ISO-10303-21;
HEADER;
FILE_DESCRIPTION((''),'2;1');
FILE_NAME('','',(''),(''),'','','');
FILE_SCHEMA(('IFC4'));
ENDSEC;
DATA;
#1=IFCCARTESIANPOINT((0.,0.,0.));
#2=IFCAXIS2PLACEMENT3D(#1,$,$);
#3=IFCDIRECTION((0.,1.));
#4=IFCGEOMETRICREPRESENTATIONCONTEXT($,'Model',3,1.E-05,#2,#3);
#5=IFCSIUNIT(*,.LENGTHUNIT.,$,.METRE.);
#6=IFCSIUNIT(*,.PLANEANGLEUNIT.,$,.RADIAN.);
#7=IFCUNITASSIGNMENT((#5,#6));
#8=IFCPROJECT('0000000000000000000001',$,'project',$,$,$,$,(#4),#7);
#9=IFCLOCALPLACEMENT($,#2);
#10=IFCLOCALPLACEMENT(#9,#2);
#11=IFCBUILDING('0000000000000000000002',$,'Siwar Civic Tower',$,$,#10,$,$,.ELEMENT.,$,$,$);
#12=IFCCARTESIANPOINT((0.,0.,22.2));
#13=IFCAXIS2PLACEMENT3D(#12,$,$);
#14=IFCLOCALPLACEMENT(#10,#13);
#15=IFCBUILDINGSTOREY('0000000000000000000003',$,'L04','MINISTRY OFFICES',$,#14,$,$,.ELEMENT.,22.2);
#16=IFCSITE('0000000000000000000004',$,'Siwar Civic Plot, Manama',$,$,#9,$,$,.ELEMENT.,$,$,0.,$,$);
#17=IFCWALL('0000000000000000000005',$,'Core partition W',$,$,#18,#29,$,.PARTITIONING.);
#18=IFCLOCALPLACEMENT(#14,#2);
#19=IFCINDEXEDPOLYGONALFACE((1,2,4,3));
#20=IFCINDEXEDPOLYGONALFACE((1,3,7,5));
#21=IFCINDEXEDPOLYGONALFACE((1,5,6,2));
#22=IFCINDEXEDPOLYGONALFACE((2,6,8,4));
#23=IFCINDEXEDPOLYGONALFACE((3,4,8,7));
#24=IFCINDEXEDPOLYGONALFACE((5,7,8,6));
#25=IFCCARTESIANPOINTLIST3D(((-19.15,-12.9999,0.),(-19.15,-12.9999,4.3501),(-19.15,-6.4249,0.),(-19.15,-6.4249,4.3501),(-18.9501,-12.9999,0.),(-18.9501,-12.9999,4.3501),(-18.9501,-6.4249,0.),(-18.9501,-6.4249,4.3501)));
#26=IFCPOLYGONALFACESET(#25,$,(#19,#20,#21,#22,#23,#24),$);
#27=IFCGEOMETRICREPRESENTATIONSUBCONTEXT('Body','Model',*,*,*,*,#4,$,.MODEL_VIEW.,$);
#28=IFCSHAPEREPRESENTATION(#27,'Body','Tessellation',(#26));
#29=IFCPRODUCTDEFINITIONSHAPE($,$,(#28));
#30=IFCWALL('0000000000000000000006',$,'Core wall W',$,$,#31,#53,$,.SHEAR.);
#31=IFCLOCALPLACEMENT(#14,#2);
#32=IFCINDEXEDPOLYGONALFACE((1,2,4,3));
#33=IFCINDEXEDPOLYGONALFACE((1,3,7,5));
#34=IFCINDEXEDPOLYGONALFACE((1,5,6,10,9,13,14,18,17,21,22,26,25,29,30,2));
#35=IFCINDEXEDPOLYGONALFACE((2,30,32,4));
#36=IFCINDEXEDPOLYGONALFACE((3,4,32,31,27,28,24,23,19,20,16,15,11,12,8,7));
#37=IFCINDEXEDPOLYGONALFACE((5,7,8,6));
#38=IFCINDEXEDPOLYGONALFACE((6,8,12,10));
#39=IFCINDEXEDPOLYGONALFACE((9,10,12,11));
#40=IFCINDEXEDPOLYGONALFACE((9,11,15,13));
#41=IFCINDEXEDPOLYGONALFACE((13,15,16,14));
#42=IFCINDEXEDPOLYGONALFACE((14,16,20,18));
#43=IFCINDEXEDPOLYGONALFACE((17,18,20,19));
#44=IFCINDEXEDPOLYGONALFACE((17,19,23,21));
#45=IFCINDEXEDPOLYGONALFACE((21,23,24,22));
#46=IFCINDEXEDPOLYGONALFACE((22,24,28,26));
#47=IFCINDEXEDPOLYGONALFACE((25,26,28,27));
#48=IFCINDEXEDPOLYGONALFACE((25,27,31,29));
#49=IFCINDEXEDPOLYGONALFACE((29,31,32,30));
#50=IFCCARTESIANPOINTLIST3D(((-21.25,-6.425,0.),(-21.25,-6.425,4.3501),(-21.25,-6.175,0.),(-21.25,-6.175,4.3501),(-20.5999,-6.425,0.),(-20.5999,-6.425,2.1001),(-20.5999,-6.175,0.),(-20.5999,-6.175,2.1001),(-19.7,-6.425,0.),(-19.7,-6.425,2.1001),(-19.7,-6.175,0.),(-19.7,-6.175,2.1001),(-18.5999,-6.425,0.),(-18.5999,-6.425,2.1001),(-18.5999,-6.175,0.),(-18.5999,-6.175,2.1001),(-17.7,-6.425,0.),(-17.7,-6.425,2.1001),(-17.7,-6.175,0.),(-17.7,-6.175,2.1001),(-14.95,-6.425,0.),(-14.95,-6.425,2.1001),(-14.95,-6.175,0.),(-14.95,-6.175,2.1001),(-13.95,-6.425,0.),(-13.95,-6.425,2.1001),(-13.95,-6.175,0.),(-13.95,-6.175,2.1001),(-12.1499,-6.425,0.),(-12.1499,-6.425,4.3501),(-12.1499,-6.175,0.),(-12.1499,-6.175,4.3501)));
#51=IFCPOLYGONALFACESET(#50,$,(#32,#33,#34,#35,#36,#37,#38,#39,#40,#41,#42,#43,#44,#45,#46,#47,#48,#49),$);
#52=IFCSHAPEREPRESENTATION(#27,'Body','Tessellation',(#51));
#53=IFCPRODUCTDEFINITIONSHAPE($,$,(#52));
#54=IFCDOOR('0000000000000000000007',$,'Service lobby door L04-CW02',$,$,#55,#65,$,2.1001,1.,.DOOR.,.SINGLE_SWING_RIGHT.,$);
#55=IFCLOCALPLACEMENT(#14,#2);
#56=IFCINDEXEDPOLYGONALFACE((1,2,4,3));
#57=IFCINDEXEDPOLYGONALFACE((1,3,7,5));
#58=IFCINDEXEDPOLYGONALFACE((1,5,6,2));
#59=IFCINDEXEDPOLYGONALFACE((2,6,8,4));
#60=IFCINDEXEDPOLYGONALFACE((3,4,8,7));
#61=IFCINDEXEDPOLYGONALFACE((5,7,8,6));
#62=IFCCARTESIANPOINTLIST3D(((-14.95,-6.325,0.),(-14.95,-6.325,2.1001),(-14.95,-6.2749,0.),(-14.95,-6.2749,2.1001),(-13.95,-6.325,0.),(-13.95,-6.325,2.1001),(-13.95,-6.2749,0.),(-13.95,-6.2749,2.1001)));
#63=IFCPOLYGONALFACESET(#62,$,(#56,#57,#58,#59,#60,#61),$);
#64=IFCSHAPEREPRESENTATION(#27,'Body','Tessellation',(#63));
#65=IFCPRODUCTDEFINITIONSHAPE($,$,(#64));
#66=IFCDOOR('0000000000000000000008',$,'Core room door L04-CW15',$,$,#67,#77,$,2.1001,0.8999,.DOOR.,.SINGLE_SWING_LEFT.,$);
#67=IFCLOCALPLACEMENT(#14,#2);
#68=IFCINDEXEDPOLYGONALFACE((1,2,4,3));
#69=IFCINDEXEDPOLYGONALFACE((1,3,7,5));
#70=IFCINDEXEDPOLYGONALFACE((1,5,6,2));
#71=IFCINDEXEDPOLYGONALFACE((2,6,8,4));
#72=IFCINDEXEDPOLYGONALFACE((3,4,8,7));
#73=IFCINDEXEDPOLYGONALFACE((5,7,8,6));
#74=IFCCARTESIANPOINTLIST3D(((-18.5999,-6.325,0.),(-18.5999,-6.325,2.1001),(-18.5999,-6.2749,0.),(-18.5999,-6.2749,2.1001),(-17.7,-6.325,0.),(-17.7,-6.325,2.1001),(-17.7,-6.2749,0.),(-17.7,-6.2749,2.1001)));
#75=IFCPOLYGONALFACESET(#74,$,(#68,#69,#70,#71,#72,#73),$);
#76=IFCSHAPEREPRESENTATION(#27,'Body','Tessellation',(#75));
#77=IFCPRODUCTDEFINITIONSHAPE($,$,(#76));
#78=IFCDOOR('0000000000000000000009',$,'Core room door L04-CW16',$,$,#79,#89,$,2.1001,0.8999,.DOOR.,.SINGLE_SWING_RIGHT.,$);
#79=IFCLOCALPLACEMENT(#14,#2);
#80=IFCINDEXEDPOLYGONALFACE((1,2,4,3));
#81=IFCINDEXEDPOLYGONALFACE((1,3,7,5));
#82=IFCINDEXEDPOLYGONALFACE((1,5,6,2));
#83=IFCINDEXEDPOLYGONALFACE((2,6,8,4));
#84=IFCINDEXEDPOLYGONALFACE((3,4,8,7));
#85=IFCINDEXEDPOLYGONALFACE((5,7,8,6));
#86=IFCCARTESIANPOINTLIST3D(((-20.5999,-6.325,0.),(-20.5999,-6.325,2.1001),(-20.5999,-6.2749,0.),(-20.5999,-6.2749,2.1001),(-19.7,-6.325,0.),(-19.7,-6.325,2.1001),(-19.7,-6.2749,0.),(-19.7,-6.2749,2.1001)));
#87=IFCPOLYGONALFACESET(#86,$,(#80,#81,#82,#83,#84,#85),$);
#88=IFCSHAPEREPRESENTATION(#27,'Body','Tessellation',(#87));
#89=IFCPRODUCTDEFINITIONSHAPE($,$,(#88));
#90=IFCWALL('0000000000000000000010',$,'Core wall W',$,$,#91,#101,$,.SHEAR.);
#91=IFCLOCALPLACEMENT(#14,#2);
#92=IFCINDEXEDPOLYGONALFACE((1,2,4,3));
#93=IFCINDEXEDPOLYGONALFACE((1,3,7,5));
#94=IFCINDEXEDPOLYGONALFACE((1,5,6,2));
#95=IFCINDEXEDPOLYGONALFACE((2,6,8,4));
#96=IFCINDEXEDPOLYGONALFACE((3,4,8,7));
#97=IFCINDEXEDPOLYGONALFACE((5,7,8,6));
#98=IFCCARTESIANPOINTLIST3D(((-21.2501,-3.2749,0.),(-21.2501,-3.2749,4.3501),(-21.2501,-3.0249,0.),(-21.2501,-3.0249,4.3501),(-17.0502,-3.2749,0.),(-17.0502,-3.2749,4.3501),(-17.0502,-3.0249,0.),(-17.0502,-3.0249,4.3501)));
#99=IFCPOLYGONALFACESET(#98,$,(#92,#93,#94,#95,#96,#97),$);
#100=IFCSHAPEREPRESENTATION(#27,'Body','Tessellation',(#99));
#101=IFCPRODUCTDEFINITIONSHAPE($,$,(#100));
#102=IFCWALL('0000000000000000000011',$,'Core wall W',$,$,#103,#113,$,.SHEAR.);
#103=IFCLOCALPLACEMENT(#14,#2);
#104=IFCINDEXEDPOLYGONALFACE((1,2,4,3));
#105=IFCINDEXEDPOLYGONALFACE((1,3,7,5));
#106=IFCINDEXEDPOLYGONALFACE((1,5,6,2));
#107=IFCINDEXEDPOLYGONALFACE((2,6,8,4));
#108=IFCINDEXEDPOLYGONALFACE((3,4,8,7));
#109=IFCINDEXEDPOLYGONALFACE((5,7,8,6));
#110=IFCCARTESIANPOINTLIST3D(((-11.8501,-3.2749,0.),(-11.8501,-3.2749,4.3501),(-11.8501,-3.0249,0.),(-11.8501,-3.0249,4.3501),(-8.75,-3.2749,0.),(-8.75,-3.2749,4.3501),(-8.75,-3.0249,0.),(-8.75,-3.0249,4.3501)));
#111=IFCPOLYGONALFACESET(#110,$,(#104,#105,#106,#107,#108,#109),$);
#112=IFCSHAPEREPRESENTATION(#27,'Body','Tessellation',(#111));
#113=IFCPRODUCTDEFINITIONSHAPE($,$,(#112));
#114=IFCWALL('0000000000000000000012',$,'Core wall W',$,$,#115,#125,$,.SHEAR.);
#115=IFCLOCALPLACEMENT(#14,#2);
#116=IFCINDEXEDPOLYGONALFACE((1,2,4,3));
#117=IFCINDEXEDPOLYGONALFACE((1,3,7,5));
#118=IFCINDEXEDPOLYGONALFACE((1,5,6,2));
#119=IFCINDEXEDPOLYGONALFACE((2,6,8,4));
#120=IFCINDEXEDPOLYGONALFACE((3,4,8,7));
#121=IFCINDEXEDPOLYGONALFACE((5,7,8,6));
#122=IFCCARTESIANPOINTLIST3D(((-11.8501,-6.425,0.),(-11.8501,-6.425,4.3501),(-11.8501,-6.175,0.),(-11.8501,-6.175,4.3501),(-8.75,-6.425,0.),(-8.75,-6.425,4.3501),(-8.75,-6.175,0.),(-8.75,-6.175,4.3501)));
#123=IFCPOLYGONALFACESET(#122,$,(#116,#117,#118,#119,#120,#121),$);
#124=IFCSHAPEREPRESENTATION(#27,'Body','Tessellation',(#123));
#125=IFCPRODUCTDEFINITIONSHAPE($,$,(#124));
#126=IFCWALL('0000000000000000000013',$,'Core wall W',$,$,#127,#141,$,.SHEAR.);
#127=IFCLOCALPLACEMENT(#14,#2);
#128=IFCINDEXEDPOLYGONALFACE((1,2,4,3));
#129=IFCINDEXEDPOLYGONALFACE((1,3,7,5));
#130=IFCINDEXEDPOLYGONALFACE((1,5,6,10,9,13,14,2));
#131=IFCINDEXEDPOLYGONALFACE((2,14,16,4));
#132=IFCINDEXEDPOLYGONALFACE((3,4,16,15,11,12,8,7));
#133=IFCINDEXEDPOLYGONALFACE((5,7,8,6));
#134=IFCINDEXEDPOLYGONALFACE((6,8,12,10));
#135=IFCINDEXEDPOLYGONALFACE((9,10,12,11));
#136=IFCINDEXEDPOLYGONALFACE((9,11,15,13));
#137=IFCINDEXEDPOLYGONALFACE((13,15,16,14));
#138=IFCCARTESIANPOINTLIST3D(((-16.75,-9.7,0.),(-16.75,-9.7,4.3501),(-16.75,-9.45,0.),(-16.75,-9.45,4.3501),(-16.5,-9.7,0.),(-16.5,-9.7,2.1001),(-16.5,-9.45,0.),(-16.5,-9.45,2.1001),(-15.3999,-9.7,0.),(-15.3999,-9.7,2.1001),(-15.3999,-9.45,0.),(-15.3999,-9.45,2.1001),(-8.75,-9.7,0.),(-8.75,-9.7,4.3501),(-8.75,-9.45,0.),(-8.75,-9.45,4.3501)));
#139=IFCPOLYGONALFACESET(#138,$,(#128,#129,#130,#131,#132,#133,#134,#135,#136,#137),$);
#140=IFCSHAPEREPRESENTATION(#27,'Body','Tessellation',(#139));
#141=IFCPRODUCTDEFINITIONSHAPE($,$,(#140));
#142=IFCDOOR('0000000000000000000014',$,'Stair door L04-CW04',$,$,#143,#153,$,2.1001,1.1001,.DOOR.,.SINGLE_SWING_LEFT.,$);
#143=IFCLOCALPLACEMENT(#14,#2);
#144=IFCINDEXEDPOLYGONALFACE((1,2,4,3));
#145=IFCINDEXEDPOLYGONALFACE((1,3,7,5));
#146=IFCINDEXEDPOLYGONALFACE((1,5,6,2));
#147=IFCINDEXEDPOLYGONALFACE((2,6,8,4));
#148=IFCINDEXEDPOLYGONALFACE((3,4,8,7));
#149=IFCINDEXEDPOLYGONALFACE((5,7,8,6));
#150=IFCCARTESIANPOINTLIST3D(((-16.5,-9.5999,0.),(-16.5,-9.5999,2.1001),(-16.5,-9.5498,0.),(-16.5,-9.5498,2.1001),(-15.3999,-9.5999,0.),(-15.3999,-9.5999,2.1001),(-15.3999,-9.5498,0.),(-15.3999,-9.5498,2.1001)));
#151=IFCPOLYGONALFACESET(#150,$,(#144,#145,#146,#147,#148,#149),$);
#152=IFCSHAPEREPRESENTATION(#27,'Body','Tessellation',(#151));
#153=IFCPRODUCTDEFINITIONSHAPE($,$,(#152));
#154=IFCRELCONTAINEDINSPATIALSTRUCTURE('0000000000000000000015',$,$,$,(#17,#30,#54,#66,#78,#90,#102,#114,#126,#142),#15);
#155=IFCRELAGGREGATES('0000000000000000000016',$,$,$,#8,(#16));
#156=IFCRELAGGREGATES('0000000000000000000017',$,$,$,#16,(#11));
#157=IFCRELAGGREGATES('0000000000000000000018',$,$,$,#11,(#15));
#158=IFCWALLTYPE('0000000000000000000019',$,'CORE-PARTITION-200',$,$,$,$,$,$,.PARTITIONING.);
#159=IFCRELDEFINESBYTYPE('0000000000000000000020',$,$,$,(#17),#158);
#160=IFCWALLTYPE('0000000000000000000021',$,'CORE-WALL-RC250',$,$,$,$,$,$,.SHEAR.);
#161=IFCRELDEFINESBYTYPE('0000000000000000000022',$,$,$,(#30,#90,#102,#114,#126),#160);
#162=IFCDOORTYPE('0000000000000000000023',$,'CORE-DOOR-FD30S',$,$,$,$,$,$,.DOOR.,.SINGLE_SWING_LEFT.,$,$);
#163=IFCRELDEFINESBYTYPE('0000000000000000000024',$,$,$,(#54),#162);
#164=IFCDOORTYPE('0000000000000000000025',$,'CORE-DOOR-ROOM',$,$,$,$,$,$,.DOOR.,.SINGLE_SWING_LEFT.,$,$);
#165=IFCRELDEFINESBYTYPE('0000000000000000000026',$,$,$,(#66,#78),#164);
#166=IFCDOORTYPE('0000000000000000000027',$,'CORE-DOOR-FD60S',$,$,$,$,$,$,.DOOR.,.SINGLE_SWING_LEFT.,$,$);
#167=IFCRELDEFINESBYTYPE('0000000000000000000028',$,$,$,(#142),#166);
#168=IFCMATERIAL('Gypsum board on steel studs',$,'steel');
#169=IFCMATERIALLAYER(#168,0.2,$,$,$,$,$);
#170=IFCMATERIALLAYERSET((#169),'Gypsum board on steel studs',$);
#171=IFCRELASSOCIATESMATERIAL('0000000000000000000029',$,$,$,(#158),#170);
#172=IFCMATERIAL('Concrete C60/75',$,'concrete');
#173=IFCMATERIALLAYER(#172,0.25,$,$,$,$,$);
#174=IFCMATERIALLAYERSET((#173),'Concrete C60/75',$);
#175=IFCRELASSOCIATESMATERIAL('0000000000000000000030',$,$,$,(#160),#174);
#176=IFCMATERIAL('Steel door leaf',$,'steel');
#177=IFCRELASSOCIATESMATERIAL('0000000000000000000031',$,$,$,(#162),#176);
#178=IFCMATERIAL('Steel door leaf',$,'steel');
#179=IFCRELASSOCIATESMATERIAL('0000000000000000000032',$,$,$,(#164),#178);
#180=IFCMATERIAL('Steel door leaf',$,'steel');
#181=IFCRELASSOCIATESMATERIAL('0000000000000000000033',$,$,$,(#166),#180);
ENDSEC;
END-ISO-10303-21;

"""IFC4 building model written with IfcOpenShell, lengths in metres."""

from ifc_helpers import new_model, si_unit, direction, frame, frame_2d, origin, place, context, subcontext, project, spatial, rectangle, extrude, material, layer, layer_set, type_object, element, fill, save


model = new_model("IFC4")

# Units and contexts
model_context = context("Model", 3, precision=1e-05, world=origin(), true_north=direction((0.0, 1.0)))
body_context = subcontext(model_context, "Body", "Model", "MODEL_VIEW")
ifc_project = project(units=[si_unit("LENGTHUNIT", "METRE"), si_unit("PLANEANGLEUNIT", "RADIAN")], contexts=[model_context])

# Site, building, storey
site_placement = place(None, origin())
site = spatial("IfcSite", under=ifc_project, at=site_placement, Name="Siwar Civic Plot, Manama", CompositionType="ELEMENT", RefElevation=0.0)
building_placement = place(site_placement, origin())
building = spatial("IfcBuilding", under=site, at=building_placement, Name="Siwar Civic Tower", CompositionType="ELEMENT")
storey_placement = place(building_placement, frame((0.0, 0.0, 22.2)))
storey = spatial("IfcBuildingStorey", under=building, at=storey_placement, Name="L04", Description="MINISTRY OFFICES", CompositionType="ELEMENT", Elevation=22.2)

# Wall
ifc_material_1 = material(Name="Gypsum board on steel studs", Category="steel")
ifc_layer_1 = layer(ifc_material_1, 0.2)
ifc_layer_set_1 = layer_set([ifc_layer_1], Name="Gypsum board on steel studs")
wall_type_1 = type_object("IfcWallType", Name="CORE-PARTITION-200", PredefinedType="PARTITIONING", material=ifc_layer_set_1)
wall_1_placement = place(storey_placement, frame((-19.05, -13.0, 0.0), z_axis=(0.0, 0.0, 1.0), x_axis=(0.0, 1.0, 0.0)))
element("IfcWall", 1, at=wall_1_placement, inside=storey, type_object=wall_type_1, Name="Core partition W", PredefinedType="PARTITIONING", context=body_context, shape_type="SweptSolid", body=[
    extrude(rectangle(XDim=6.575, YDim=0.2, at=frame_2d((3.2876, 0.0))), origin(), (0.0, 0.0, 1.0), 4.3501),
])

# Wall, openings, doors
ifc_material_2 = material(Name="Concrete C60/75", Category="concrete")
ifc_layer_2 = layer(ifc_material_2, 0.25)
ifc_layer_set_2 = layer_set([ifc_layer_2], Name="Concrete C60/75")
wall_type_2 = type_object("IfcWallType", Name="CORE-WALL-RC250", PredefinedType="SHEAR", material=ifc_layer_set_2)
wall_2_placement = place(storey_placement, frame((-12.1499, -6.3, 0.0), z_axis=(0.0, 0.0, 1.0), x_axis=(-1.0, 0.0, 0.0)))
wall_2 = element("IfcWall", 2, at=wall_2_placement, inside=storey, type_object=wall_type_2, Name="Core wall W", PredefinedType="SHEAR", context=body_context, shape_type="SweptSolid", body=[
    extrude(rectangle(XDim=9.1001, YDim=0.25, at=frame_2d((4.55, 0.0))), origin(), (0.0, 0.0, 1.0), 4.3501),
])
opening_1_placement = place(wall_2_placement, frame((1.8, 0.0, 0.0)))
opening_1 = element("IfcOpeningElement", 3, at=opening_1_placement, cuts=wall_2, PredefinedType="OPENING", context=body_context, shape_type="SweptSolid", body=[
    extrude(rectangle(XDim=1.0, YDim=2.1001, at=frame_2d((0.5, 1.05))), frame((0.0, 0.135, 0.0), z_axis=(0.0, -1.0, 0.0), x_axis=(1.0, 0.0, 0.0)), (0.0, 0.0, 1.0), 0.27),
])
opening_2_placement = place(wall_2_placement, frame((5.55, 0.0, 0.0)))
opening_2 = element("IfcOpeningElement", 4, at=opening_2_placement, cuts=wall_2, PredefinedType="OPENING", context=body_context, shape_type="SweptSolid", body=[
    extrude(rectangle(XDim=0.8999, YDim=2.1001, at=frame_2d((0.45, 1.05))), frame((0.0, 0.135, 0.0), z_axis=(0.0, -1.0, 0.0), x_axis=(1.0, 0.0, 0.0)), (0.0, 0.0, 1.0), 0.27),
])
opening_3_placement = place(wall_2_placement, frame((7.55, 0.0, 0.0)))
opening_3 = element("IfcOpeningElement", 5, at=opening_3_placement, cuts=wall_2, PredefinedType="OPENING", context=body_context, shape_type="SweptSolid", body=[
    extrude(rectangle(XDim=0.8999, YDim=2.1001, at=frame_2d((0.45, 1.05))), frame((0.0, 0.135, 0.0), z_axis=(0.0, -1.0, 0.0), x_axis=(1.0, 0.0, 0.0)), (0.0, 0.0, 1.0), 0.27),
])
ifc_material_3 = material(Name="Steel door leaf", Category="steel")
door_type_1 = type_object("IfcDoorType", Name="CORE-DOOR-FD30S", OperationType="SINGLE_SWING_LEFT", PredefinedType="DOOR", material=ifc_material_3)
door_1_placement = place(opening_1_placement, origin())
door_1 = element("IfcDoor", 6, at=door_1_placement, inside=storey, type_object=door_type_1, Name="Service lobby door L04-CW02", OperationType="SINGLE_SWING_RIGHT", OverallHeight=2.1001, OverallWidth=1.0, PredefinedType="DOOR", context=body_context, shape_type="SweptSolid", body=[
    extrude(rectangle(XDim=1.0, YDim=2.1001, at=frame_2d((0.5, 1.05))), frame((0.0, 0.0249, 0.0), z_axis=(0.0, -1.0, 0.0), x_axis=(1.0, 0.0, 0.0)), (0.0, 0.0, 1.0), 0.05),
])
fill(opening_1, door_1)
ifc_material_4 = material(Name="Steel door leaf", Category="steel")
door_type_2 = type_object("IfcDoorType", Name="CORE-DOOR-ROOM", OperationType="SINGLE_SWING_LEFT", PredefinedType="DOOR", material=ifc_material_4)
door_2_placement = place(opening_2_placement, origin())
door_2 = element("IfcDoor", 7, at=door_2_placement, inside=storey, type_object=door_type_2, Name="Core room door L04-CW15", OperationType="SINGLE_SWING_LEFT", OverallHeight=2.1001, OverallWidth=0.8999, PredefinedType="DOOR", context=body_context, shape_type="SweptSolid", body=[
    extrude(rectangle(XDim=0.8999, YDim=2.1001, at=frame_2d((0.45, 1.05))), frame((0.0, 0.0249, 0.0), z_axis=(0.0, -1.0, 0.0), x_axis=(1.0, 0.0, 0.0)), (0.0, 0.0, 1.0), 0.05),
])
fill(opening_2, door_2)
door_3_placement = place(opening_3_placement, origin())
door_3 = element("IfcDoor", 8, at=door_3_placement, inside=storey, type_object=door_type_2, Name="Core room door L04-CW16", OperationType="SINGLE_SWING_RIGHT", OverallHeight=2.1001, OverallWidth=0.8999, PredefinedType="DOOR", context=body_context, shape_type="SweptSolid", body=[
    extrude(rectangle(XDim=0.8999, YDim=2.1001, at=frame_2d((0.45, 1.05))), frame((0.0, 0.0249, 0.0), z_axis=(0.0, -1.0, 0.0), x_axis=(1.0, 0.0, 0.0)), (0.0, 0.0, 1.0), 0.05),
])
fill(opening_3, door_3)

# Walls
wall_3_placement = place(storey_placement, frame((-17.05, -3.1499, 0.0), z_axis=(0.0, 0.0, 1.0), x_axis=(-1.0, 0.0, 0.0)))
element("IfcWall", 9, at=wall_3_placement, inside=storey, type_object=wall_type_2, Name="Core wall W", PredefinedType="SHEAR", context=body_context, shape_type="SweptSolid", body=[
    extrude(rectangle(XDim=4.2, YDim=0.25, at=frame_2d((2.1001, 0.0))), origin(), (0.0, 0.0, 1.0), 4.3501),
])
for number, where, z_axis, x_axis, name in (
    (10, (-8.75, -3.1499, 0.0), (0.0, 0.0, 1.0), (-1.0, 0.0, 0.0), "Core wall W"),
    (11, (-8.75, -6.3, 0.0), (0.0, 0.0, 1.0), (-1.0, 0.0, 0.0), "Core wall W"),
):
    element("IfcWall", number, at=place(storey_placement, frame(where, z_axis=z_axis, x_axis=x_axis)), inside=storey, type_object=wall_type_2, Name=name, PredefinedType="SHEAR", context=body_context, shape_type="SweptSolid", body=[
        extrude(rectangle(XDim=3.1001, YDim=0.25, at=frame_2d((1.55, 0.0))), origin(), (0.0, 0.0, 1.0), 4.3501),
    ])

# Wall, opening, door
wall_4_placement = place(storey_placement, frame((-8.75, -9.575, 0.0), z_axis=(0.0, 0.0, 1.0), x_axis=(-1.0, 0.0, 0.0)))
wall_4 = element("IfcWall", 12, at=wall_4_placement, inside=storey, type_object=wall_type_2, Name="Core wall W", PredefinedType="SHEAR", context=body_context, shape_type="SweptSolid", body=[
    extrude(rectangle(XDim=8.0, YDim=0.25, at=frame_2d((4.0, 0.0))), origin(), (0.0, 0.0, 1.0), 4.3501),
])
opening_4_placement = place(wall_4_placement, frame((6.6499, 0.0, 0.0)))
opening_4 = element("IfcOpeningElement", 13, at=opening_4_placement, cuts=wall_4, PredefinedType="OPENING", context=body_context, shape_type="SweptSolid", body=[
    extrude(rectangle(XDim=1.1001, YDim=2.1001, at=frame_2d((0.55, 1.05))), frame((0.0, 0.135, 0.0), z_axis=(0.0, -1.0, 0.0), x_axis=(1.0, 0.0, 0.0)), (0.0, 0.0, 1.0), 0.27),
])
ifc_material_5 = material(Name="Steel door leaf", Category="steel")
door_type_3 = type_object("IfcDoorType", Name="CORE-DOOR-FD60S", OperationType="SINGLE_SWING_LEFT", PredefinedType="DOOR", material=ifc_material_5)
door_4_placement = place(opening_4_placement, origin())
door_4 = element("IfcDoor", 14, at=door_4_placement, inside=storey, type_object=door_type_3, Name="Stair door L04-CW04", OperationType="SINGLE_SWING_LEFT", OverallHeight=2.1001, OverallWidth=1.1001, PredefinedType="DOOR", context=body_context, shape_type="SweptSolid", body=[
    extrude(rectangle(XDim=1.1001, YDim=2.1001, at=frame_2d((0.55, 1.05))), frame((0.0, 0.0249, 0.0), z_axis=(0.0, -1.0, 0.0), x_axis=(1.0, 0.0, 0.0)), (0.0, 0.0, 1.0), 0.05),
])
fill(opening_4, door_4)

save(model, "model.ifc")
